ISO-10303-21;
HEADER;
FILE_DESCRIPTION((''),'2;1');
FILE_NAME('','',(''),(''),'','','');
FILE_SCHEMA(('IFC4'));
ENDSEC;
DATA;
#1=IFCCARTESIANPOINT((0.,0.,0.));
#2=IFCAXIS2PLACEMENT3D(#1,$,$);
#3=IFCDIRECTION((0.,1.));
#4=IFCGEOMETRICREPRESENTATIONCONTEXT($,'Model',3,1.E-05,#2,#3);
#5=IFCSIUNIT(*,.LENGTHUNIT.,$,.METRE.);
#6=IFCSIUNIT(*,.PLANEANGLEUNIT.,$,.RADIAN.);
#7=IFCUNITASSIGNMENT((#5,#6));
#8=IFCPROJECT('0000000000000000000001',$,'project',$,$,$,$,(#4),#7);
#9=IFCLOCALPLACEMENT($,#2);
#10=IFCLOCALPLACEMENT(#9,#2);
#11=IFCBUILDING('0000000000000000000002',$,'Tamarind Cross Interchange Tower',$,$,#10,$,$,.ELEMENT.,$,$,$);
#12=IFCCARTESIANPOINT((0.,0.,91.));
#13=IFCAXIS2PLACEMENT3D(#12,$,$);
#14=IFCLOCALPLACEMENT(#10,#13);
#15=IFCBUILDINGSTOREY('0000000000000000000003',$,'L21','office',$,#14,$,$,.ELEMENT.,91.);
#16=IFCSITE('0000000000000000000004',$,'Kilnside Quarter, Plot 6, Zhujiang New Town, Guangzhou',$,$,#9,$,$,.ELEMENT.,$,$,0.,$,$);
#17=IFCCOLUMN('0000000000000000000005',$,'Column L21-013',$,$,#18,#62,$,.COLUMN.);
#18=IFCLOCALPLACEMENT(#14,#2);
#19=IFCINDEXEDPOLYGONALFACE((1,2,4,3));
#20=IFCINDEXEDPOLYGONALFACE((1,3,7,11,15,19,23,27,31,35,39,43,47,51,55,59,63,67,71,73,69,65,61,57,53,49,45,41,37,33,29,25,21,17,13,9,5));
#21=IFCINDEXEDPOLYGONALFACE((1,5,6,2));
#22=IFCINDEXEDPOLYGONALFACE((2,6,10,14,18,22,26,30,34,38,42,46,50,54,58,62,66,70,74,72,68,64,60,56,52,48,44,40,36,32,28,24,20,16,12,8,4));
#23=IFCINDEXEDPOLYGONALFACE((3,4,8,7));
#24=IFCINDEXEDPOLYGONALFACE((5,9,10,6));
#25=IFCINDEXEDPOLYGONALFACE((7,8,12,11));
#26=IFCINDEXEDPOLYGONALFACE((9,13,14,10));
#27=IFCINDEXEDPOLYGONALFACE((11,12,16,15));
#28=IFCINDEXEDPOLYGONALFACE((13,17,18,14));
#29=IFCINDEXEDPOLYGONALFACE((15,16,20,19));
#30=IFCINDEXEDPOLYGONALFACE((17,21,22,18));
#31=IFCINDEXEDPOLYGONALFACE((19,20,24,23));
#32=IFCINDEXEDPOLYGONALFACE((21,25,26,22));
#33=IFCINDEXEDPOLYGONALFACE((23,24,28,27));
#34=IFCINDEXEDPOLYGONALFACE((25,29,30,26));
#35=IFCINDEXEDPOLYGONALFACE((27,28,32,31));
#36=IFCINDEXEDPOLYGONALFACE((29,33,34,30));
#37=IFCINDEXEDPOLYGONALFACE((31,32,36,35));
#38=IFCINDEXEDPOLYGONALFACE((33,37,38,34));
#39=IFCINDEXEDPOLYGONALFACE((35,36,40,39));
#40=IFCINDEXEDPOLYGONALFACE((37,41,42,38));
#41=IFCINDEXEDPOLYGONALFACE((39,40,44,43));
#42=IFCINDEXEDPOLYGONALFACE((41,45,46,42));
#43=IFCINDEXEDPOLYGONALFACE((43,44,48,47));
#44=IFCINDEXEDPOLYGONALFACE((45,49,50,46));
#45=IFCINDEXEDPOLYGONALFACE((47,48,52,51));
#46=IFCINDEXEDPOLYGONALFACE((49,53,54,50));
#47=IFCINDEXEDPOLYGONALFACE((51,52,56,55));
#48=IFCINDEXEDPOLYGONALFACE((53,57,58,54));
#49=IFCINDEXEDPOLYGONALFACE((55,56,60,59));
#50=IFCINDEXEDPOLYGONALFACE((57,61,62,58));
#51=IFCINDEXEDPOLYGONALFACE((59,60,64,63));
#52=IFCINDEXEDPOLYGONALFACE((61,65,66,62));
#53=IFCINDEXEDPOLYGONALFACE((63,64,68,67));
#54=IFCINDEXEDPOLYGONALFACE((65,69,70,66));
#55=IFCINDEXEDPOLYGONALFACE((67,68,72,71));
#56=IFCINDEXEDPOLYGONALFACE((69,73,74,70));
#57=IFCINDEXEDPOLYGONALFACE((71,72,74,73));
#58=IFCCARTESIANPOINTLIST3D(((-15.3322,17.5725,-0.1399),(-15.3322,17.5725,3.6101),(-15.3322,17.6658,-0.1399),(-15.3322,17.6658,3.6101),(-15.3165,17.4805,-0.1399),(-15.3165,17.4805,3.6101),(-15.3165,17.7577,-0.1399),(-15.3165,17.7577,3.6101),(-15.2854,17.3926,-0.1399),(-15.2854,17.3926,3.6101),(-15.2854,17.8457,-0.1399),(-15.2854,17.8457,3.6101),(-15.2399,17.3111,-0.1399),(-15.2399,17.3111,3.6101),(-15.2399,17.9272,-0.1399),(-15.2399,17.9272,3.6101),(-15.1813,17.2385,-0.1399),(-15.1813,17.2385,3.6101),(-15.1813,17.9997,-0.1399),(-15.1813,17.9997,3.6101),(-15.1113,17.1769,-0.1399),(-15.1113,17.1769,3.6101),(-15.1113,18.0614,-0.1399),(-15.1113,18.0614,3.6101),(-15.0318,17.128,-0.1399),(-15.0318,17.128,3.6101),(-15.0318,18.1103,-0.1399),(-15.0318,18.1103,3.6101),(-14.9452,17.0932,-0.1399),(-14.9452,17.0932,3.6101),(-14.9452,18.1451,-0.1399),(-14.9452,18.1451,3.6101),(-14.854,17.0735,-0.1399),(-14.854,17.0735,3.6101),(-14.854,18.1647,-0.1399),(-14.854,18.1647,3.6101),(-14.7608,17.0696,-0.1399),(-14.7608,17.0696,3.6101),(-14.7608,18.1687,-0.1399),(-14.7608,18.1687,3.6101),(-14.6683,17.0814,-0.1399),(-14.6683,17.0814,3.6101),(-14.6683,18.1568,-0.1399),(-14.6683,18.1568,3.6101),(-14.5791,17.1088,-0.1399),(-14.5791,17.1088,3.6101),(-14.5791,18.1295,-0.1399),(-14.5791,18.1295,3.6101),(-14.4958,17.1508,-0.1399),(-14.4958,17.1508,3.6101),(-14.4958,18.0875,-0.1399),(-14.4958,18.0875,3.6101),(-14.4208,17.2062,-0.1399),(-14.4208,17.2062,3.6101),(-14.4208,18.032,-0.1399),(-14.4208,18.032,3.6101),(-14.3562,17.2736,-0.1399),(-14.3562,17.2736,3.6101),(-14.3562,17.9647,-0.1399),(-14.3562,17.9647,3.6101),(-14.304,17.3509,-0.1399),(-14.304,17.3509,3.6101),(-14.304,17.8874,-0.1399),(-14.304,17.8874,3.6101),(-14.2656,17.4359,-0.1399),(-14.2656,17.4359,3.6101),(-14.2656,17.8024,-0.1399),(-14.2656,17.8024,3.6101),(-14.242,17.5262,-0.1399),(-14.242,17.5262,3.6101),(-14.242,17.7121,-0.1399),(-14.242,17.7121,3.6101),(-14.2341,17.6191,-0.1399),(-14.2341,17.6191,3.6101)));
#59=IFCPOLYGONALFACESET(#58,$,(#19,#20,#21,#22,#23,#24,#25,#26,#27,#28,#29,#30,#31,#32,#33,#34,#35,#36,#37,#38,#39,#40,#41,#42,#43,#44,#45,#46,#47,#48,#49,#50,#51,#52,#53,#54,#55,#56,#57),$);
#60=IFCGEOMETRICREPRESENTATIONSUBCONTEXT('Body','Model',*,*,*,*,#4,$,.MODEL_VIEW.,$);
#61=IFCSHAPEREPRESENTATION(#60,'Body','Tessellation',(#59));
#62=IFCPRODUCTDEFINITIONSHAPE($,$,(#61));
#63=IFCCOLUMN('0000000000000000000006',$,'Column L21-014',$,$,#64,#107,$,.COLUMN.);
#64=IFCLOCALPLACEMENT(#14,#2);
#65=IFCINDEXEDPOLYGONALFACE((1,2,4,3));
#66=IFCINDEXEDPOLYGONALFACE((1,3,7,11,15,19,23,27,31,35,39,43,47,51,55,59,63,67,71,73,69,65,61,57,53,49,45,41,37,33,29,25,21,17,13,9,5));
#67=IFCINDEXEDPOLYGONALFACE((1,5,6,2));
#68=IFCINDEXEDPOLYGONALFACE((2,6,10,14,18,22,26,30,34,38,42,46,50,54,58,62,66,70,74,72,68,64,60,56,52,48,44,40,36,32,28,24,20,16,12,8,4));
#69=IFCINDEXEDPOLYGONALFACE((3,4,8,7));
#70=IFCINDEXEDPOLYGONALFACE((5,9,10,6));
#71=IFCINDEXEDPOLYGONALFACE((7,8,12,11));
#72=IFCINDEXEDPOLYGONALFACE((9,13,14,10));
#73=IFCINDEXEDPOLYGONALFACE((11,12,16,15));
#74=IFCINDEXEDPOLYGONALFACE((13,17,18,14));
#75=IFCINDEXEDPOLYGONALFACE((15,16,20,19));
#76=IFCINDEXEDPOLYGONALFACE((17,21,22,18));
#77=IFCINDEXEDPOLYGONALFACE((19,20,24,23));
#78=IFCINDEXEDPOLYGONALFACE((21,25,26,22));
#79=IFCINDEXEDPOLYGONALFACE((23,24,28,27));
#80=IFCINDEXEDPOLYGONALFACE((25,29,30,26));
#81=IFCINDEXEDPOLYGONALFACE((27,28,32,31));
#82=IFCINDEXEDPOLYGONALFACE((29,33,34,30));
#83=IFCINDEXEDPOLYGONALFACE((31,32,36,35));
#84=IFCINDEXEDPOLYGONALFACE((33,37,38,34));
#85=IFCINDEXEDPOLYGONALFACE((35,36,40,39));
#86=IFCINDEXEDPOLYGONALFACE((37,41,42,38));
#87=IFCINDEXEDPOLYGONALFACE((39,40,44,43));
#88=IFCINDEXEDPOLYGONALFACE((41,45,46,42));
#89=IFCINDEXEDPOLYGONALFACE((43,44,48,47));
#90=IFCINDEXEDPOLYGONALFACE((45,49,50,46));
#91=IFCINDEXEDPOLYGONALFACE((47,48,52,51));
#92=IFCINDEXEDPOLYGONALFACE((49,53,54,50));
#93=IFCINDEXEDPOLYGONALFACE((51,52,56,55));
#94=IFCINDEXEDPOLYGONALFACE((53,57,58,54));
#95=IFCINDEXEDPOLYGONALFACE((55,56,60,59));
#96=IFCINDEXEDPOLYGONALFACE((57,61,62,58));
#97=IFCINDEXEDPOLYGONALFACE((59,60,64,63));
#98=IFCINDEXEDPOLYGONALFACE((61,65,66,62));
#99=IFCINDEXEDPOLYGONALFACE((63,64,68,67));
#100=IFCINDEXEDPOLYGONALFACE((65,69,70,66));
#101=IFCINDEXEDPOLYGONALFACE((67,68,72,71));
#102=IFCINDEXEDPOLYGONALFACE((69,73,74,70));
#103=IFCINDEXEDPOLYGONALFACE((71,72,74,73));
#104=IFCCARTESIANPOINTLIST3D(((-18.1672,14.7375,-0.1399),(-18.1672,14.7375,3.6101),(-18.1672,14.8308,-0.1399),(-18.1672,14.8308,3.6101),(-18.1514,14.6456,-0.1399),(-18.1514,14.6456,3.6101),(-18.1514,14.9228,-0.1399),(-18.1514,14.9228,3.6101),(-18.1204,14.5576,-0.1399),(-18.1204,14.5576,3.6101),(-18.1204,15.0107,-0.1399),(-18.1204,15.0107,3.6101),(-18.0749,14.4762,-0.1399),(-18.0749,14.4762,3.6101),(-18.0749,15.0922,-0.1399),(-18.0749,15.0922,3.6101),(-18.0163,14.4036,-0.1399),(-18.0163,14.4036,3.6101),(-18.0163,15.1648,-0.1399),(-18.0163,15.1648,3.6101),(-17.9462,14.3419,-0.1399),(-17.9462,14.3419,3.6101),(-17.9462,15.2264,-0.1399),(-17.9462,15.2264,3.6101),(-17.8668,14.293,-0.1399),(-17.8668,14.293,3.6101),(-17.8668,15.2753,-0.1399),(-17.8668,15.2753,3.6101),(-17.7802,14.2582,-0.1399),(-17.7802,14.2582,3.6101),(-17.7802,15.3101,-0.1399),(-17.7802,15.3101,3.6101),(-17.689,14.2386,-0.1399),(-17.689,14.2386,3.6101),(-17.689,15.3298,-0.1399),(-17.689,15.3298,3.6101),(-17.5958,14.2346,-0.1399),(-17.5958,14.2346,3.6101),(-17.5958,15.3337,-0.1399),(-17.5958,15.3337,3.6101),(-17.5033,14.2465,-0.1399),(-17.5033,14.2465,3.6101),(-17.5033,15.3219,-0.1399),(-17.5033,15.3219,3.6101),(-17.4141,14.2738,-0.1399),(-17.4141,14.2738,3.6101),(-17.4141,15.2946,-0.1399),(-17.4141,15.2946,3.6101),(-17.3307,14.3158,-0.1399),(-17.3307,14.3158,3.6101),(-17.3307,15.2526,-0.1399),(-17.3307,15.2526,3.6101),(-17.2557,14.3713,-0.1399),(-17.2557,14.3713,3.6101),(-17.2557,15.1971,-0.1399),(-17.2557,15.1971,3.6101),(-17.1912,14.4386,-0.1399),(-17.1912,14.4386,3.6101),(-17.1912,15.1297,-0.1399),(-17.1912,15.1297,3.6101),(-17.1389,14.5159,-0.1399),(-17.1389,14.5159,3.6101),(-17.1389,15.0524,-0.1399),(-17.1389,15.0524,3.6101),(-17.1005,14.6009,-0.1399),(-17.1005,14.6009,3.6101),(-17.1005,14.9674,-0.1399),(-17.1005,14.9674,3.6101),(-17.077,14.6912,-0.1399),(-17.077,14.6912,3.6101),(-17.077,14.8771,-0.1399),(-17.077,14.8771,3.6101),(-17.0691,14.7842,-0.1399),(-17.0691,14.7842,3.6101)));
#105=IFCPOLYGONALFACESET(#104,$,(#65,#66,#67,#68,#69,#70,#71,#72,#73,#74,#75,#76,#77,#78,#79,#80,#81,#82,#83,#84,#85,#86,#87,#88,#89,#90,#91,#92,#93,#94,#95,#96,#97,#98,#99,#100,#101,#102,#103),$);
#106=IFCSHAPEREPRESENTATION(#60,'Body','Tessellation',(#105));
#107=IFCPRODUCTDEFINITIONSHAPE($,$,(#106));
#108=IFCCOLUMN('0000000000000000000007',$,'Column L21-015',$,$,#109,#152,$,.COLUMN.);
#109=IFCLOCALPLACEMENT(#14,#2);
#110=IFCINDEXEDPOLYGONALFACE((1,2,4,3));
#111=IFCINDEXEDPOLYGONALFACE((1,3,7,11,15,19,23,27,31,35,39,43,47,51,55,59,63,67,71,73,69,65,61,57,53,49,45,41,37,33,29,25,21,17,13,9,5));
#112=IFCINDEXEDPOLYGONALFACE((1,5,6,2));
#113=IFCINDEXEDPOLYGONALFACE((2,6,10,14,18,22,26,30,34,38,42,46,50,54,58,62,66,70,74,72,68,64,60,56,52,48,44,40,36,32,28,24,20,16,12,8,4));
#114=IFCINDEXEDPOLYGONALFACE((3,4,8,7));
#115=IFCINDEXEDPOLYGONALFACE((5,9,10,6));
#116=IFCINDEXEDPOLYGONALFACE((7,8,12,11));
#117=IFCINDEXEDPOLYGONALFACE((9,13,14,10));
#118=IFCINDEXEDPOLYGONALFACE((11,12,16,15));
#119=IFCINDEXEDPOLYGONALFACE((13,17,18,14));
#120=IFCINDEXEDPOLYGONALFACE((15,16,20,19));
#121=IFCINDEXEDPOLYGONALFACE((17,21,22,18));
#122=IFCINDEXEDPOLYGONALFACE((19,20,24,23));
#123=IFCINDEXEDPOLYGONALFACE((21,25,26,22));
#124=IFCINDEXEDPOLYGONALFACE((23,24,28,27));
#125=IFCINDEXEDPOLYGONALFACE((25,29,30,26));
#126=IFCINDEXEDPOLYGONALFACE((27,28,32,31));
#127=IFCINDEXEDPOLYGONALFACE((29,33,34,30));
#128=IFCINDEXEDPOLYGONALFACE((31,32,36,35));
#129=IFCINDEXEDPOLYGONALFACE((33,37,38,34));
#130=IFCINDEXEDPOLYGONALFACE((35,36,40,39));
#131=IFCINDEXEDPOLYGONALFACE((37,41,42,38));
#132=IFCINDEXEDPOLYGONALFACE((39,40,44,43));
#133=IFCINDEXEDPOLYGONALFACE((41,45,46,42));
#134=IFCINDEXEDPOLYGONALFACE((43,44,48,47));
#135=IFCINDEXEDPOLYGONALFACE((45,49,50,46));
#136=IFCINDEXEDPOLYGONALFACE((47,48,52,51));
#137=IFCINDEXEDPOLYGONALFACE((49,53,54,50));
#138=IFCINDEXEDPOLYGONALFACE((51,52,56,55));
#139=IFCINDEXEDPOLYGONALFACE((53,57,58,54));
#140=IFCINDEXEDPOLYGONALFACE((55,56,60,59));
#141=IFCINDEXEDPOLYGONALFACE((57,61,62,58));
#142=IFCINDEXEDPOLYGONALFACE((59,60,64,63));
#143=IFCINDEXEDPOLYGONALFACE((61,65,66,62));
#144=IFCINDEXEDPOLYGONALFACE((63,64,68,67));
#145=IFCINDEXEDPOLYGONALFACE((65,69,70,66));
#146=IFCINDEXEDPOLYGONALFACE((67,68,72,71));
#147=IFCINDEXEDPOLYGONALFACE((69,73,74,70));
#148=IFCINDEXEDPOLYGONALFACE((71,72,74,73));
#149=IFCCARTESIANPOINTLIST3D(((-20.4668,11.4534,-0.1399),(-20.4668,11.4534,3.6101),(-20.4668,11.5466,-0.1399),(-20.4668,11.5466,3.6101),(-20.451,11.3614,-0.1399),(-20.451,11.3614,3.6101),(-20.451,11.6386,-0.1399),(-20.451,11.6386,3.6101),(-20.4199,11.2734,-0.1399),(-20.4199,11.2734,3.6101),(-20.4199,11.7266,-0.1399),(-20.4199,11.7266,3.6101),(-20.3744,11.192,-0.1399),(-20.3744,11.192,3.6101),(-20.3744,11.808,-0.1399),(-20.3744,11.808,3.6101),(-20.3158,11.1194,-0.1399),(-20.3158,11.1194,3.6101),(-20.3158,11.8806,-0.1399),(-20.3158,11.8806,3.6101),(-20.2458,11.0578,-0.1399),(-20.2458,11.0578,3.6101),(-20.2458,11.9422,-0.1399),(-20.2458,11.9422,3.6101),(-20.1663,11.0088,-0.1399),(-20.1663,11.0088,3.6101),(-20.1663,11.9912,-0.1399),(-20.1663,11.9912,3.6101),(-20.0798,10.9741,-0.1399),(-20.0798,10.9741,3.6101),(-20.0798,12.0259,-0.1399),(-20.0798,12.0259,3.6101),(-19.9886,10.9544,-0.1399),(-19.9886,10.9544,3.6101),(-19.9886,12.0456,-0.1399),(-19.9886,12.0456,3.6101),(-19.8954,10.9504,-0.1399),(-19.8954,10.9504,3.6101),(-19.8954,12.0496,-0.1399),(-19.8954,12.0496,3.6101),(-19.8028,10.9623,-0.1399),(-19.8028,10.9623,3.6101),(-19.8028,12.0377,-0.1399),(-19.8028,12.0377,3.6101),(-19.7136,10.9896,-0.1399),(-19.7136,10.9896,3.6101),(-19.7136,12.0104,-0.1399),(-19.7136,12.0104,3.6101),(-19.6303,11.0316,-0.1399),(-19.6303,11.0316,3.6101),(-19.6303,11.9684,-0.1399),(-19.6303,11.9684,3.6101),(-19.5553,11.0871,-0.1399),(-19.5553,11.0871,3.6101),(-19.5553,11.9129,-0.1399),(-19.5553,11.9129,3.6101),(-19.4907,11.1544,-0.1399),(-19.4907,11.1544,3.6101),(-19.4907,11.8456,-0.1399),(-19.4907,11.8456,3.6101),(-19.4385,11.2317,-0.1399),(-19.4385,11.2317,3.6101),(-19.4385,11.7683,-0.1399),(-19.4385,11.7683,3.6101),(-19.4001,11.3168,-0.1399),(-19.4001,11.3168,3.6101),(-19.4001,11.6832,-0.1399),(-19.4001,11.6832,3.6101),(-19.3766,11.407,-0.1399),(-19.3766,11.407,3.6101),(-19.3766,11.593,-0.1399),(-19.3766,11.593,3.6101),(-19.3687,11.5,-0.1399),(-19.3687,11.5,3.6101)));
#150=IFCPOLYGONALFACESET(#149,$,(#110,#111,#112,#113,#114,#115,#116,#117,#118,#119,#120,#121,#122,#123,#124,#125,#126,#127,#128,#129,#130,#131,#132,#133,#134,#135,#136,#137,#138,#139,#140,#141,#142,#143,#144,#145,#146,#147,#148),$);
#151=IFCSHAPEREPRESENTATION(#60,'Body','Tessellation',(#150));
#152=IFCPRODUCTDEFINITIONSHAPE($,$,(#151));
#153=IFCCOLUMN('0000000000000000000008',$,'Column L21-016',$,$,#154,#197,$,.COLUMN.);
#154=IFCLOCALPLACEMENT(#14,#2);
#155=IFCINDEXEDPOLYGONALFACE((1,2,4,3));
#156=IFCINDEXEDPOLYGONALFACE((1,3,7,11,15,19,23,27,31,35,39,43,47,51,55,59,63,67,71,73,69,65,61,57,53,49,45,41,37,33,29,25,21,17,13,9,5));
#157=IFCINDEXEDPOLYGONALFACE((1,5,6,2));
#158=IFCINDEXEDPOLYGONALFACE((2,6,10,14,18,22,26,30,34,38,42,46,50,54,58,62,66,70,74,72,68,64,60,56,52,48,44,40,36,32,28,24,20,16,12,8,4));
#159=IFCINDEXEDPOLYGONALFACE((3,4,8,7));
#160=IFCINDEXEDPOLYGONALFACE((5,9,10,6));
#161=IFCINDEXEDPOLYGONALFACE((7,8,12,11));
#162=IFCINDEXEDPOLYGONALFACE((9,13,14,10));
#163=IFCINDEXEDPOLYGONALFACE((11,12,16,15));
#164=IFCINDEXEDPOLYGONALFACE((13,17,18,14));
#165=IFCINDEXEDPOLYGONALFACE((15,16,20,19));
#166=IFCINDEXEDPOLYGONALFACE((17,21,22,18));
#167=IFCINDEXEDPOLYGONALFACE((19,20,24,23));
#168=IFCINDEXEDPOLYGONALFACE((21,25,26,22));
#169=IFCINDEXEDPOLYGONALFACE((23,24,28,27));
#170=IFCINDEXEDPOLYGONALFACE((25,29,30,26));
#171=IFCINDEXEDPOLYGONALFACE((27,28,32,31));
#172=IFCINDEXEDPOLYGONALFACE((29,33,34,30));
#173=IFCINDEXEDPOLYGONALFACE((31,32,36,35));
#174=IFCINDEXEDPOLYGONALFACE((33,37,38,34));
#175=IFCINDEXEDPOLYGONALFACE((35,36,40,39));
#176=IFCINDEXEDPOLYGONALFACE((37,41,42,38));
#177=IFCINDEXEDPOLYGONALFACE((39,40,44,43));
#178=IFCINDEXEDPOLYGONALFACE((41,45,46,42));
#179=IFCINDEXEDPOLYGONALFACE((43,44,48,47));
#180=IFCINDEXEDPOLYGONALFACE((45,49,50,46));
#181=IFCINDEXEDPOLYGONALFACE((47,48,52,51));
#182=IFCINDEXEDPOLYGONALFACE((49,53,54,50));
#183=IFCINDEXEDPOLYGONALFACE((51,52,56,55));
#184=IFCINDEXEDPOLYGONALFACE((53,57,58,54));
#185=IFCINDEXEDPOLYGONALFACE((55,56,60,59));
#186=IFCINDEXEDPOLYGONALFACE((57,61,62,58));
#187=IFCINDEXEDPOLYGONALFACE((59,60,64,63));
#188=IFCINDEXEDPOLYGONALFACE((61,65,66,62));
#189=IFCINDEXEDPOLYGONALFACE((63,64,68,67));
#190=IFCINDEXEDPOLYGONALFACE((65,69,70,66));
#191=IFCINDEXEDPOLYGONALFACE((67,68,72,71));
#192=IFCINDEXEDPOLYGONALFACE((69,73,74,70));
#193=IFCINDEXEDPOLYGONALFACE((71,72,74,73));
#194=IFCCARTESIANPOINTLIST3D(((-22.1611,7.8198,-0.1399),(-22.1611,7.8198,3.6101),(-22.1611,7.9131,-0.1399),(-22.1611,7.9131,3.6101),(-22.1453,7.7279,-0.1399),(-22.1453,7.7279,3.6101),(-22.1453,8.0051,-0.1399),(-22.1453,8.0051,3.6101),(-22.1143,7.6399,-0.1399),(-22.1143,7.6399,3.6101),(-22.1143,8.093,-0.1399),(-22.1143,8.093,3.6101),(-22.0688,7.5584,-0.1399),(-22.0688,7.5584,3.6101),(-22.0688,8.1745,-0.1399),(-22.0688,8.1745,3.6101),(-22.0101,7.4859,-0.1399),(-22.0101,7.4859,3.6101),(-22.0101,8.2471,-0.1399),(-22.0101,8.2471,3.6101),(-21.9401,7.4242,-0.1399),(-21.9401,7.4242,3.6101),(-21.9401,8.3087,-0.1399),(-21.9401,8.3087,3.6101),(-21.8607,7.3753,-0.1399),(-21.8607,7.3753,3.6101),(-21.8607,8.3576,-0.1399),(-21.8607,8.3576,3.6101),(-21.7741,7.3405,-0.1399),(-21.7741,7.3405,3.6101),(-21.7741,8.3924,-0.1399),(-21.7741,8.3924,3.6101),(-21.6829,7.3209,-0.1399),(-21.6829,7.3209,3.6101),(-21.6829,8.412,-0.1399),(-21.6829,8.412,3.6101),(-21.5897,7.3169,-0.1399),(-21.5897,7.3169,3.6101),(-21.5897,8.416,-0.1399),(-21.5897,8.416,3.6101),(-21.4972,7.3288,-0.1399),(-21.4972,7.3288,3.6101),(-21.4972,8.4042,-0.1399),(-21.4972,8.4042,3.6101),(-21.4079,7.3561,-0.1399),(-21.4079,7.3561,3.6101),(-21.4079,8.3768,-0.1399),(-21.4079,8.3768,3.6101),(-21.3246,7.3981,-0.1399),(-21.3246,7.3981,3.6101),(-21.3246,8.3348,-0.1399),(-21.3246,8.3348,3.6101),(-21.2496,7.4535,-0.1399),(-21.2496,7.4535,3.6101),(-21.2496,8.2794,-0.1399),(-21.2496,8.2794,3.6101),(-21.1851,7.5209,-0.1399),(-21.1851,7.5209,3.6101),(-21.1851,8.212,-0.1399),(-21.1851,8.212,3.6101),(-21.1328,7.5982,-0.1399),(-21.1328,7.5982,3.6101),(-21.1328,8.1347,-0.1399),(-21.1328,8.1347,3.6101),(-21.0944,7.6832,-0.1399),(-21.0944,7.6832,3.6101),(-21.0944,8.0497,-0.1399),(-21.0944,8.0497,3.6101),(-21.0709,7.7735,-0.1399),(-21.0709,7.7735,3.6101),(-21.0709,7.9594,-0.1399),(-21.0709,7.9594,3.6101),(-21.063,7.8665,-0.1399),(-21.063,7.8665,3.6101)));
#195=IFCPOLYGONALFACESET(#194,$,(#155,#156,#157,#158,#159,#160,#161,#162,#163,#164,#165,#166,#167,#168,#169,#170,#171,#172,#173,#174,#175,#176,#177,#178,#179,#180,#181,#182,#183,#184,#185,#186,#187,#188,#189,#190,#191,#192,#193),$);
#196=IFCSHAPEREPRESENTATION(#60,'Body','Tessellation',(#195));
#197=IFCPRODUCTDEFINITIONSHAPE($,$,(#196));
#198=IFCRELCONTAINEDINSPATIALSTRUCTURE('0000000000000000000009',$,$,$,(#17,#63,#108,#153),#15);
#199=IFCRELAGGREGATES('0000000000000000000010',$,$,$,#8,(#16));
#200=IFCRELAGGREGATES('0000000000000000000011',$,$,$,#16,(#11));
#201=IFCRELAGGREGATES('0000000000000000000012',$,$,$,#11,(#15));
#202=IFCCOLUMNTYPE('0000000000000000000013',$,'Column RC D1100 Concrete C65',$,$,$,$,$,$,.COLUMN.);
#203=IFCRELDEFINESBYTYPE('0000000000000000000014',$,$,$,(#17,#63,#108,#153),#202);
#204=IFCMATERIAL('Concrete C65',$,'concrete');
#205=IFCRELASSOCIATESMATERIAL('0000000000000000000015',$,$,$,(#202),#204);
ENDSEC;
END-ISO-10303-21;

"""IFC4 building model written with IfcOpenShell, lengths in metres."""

from ifc_helpers import new_model, si_unit, direction, frame, origin, origin_2d, place, context, subcontext, project, spatial, circle, extrude, material, material_profile, profile_set, type_object, element, save


model = new_model("IFC4")

# Units and contexts
model_context = context("Model", 3, precision=1e-05, world=origin(), true_north=direction((0.0, 1.0)))
body_context = subcontext(model_context, "Body", "Model", "MODEL_VIEW")
ifc_project = project(units=[si_unit("LENGTHUNIT", "METRE"), si_unit("PLANEANGLEUNIT", "RADIAN")], contexts=[model_context])

# Site, building, storey
site_placement = place(None, origin())
site = spatial("IfcSite", under=ifc_project, at=site_placement, Name="Kilnside Quarter, Plot 6, Zhujiang New Town, Guangzhou", CompositionType="ELEMENT", RefElevation=0.0)
building_placement = place(site_placement, origin())
building = spatial("IfcBuilding", under=site, at=building_placement, Name="Tamarind Cross Interchange Tower", CompositionType="ELEMENT")
storey_placement = place(building_placement, frame((0.0, 0.0, 91.0)))
storey = spatial("IfcBuildingStorey", under=building, at=storey_placement, Name="L21", Description="office", CompositionType="ELEMENT", Elevation=91.0)

# Columns
ifc_material_1 = material(Name="Concrete C65", Category="concrete")
ifc_material_profile_1 = material_profile(ifc_material_1, circle(Radius=0.55, at=origin_2d()), Name="RC D1100")
ifc_profile_set_1 = profile_set([ifc_material_profile_1], Name="Concrete C65")
column_type = type_object("IfcColumnType", Name="Column RC D1100 Concrete C65", PredefinedType="COLUMN", material=ifc_profile_set_1)
for number, where, z_axis, x_axis, name in (
    (1, (-14.7842, 17.6191, -0.1399), (0.0, 0.0, 1.0), (1.0, 0.0, 0.0), "Column L21-013"),
    (2, (-17.6191, 14.7842, -0.1399), (0.0, 0.0, 1.0), (1.0, 0.0, 0.0), "Column L21-014"),
    (3, (-19.9187, 11.5, -0.1399), (0.0, 0.0, 1.0), (1.0, 0.0, 0.0), "Column L21-015"),
    (4, (-21.613, 7.8665, -0.1399), (0.0, 0.0, 1.0), (1.0, 0.0, 0.0), "Column L21-016"),
):
    element("IfcColumn", number, at=place(storey_placement, frame(where, z_axis=z_axis, x_axis=x_axis)), inside=storey, type_object=column_type, Name=name, PredefinedType="COLUMN", context=body_context, shape_type="SweptSolid", body=[
        extrude(circle(Radius=0.55, at=origin_2d()), origin(), (0.0, 0.0, 1.0), 3.75),
    ])

save(model, "model.ifc")
